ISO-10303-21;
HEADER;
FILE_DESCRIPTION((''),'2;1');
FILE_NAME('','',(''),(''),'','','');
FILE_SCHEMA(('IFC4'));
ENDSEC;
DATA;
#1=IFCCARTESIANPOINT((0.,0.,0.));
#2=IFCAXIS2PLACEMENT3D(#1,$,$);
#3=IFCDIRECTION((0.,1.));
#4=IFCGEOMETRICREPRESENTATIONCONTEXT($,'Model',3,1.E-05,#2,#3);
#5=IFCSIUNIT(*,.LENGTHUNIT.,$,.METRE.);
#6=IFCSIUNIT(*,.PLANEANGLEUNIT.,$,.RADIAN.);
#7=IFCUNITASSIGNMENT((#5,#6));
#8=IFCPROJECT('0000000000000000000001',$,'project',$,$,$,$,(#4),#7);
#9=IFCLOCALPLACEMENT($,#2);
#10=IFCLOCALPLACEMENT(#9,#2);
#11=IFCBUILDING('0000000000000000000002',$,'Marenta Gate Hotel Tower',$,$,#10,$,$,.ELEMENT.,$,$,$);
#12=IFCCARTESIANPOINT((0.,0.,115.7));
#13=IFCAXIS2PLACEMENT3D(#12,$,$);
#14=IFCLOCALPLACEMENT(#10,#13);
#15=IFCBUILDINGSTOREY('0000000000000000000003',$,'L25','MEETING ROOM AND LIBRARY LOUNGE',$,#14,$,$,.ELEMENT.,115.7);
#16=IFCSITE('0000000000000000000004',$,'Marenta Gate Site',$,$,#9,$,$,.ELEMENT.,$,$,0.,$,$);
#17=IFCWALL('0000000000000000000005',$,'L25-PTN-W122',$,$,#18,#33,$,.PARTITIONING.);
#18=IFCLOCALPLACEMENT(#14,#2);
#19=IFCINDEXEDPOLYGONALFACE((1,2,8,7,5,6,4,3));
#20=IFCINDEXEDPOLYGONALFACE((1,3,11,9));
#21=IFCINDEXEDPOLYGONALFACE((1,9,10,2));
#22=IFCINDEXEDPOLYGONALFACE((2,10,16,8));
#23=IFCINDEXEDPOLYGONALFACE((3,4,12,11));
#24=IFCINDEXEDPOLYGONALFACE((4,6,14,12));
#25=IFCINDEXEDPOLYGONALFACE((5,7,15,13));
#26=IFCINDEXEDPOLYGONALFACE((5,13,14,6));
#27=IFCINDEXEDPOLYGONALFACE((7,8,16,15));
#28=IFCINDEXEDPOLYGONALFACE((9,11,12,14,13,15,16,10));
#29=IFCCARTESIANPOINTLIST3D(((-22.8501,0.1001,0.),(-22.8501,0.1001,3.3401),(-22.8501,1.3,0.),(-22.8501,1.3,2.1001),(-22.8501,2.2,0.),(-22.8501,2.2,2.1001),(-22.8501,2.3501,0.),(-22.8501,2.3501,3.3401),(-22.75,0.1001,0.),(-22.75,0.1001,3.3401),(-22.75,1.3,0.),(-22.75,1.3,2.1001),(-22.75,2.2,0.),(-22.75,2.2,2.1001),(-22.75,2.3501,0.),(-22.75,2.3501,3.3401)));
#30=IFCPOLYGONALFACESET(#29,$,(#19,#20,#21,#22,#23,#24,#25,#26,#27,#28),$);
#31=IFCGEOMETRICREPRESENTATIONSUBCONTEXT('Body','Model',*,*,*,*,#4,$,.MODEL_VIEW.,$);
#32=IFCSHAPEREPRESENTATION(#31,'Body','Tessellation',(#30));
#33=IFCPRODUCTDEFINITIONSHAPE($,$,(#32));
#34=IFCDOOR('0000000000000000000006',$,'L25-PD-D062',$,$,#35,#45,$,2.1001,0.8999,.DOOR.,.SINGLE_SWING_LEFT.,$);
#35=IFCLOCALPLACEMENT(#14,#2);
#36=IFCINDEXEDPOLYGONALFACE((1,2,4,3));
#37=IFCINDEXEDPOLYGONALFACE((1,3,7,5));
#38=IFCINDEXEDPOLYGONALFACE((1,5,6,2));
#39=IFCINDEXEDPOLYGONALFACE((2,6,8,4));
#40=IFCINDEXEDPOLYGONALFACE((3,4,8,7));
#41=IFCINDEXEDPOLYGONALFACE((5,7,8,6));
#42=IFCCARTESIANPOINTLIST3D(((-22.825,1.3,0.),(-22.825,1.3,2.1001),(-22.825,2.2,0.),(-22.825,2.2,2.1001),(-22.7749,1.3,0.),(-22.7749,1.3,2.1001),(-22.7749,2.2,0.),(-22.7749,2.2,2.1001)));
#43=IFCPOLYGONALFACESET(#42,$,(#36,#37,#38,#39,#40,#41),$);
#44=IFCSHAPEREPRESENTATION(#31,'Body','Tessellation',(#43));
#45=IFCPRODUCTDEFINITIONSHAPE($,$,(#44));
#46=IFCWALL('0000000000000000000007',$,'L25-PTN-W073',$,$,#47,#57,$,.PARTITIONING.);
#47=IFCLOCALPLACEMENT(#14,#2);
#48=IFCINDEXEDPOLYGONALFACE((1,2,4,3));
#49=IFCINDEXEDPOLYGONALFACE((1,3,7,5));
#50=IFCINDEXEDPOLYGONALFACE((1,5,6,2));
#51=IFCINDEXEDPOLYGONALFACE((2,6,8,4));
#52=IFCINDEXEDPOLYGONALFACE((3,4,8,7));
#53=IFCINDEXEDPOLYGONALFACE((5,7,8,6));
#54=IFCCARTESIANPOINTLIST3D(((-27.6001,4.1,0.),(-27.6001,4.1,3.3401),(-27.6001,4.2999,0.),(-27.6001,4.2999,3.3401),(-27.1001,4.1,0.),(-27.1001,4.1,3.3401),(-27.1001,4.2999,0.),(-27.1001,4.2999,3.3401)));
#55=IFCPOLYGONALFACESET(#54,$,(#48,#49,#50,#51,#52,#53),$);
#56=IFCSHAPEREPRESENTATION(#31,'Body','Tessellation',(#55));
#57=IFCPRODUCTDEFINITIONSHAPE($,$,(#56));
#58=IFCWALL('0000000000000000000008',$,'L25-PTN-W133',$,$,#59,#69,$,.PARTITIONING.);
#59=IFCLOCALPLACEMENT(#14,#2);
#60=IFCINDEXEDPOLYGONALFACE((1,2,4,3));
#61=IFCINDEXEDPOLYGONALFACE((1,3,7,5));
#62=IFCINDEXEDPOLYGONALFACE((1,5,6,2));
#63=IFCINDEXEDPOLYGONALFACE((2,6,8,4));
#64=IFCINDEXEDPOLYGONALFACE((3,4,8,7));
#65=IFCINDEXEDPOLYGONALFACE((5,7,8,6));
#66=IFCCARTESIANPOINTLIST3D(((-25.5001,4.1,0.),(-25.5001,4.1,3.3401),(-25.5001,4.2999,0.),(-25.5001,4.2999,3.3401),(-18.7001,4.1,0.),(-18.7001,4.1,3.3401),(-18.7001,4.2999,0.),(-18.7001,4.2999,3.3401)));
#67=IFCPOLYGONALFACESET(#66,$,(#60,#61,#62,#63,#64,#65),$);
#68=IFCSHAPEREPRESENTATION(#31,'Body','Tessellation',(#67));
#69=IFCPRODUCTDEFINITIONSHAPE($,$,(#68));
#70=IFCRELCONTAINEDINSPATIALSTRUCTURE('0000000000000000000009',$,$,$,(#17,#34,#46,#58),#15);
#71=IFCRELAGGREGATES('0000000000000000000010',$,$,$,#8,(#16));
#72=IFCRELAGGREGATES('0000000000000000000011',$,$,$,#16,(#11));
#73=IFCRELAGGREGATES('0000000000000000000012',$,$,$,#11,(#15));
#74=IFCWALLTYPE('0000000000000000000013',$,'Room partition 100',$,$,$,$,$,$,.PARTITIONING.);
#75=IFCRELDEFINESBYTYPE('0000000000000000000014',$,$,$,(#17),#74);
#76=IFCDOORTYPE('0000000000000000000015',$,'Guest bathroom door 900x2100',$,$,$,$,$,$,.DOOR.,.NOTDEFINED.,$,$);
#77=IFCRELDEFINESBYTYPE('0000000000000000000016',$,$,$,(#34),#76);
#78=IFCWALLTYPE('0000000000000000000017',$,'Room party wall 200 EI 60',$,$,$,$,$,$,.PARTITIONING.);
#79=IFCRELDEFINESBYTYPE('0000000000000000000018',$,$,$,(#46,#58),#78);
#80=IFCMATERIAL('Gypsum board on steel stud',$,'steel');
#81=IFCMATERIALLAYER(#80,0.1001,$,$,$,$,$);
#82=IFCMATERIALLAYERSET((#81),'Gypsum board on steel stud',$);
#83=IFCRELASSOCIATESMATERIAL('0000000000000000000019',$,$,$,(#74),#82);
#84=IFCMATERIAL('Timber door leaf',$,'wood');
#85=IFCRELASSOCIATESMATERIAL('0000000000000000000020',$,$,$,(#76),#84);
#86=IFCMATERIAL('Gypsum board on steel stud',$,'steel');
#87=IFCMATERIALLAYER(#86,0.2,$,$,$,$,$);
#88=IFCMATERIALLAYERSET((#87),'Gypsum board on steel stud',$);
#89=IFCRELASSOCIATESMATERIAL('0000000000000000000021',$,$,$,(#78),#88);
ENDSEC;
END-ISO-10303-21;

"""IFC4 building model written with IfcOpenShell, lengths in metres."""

from ifc_helpers import new_model, si_unit, direction, frame, frame_2d, origin, place, context, subcontext, project, spatial, rectangle, extrude, material, layer, layer_set, type_object, element, fill, save


model = new_model("IFC4")

# Units and contexts
model_context = context("Model", 3, precision=1e-05, world=origin(), true_north=direction((0.0, 1.0)))
body_context = subcontext(model_context, "Body", "Model", "MODEL_VIEW")
ifc_project = project(units=[si_unit("LENGTHUNIT", "METRE"), si_unit("PLANEANGLEUNIT", "RADIAN")], contexts=[model_context])

# Site, building, storey
site_placement = place(None, origin())
site = spatial("IfcSite", under=ifc_project, at=site_placement, Name="Marenta Gate Site", CompositionType="ELEMENT", RefElevation=0.0)
building_placement = place(site_placement, origin())
building = spatial("IfcBuilding", under=site, at=building_placement, Name="Marenta Gate Hotel Tower", CompositionType="ELEMENT")
storey_placement = place(building_placement, frame((0.0, 0.0, 115.7)))
storey = spatial("IfcBuildingStorey", under=building, at=storey_placement, Name="L25", Description="MEETING ROOM AND LIBRARY LOUNGE", CompositionType="ELEMENT", Elevation=115.7)

# Shared definitions
ifc_material_1 = material(Name="Gypsum board on steel stud", Category="steel")
ifc_layer_1 = layer(ifc_material_1, 0.1001)
ifc_layer_set_1 = layer_set([ifc_layer_1], Name="Gypsum board on steel stud")
wall_type_1 = type_object("IfcWallType", Name="Room partition 100", PredefinedType="PARTITIONING", material=ifc_layer_set_1)

# Wall, opening, door
wall_1_placement = place(storey_placement, frame((-22.8, 0.1001, 0.0), z_axis=(0.0, 0.0, 1.0), x_axis=(0.0, 1.0, 0.0)))
wall_1 = element("IfcWall", 1, at=wall_1_placement, inside=storey, type_object=wall_type_1, Name="L25-PTN-W122", PredefinedType="PARTITIONING", context=body_context, shape_type="SweptSolid", body=[
    extrude(rectangle(XDim=2.25, YDim=0.1001, at=frame_2d((1.125, 0.0))), origin(), (0.0, 0.0, 1.0), 3.3401),
])
opening_1_placement = place(wall_1_placement, frame((1.2, 0.0, 0.0)))
opening_1 = element("IfcOpeningElement", 2, at=opening_1_placement, cuts=wall_1, PredefinedType="OPENING", context=body_context, shape_type="SweptSolid", body=[
    extrude(rectangle(XDim=0.8999, YDim=2.1001, at=frame_2d((0.45, 1.05))), frame((0.0, 0.05, 0.0), z_axis=(0.0, -1.0, 0.0), x_axis=(1.0, 0.0, 0.0)), (0.0, 0.0, 1.0), 0.1001),
])
ifc_material_2 = material(Name="Timber door leaf", Category="wood")
door_type_1 = type_object("IfcDoorType", Name="Guest bathroom door 900x2100", OperationType="NOTDEFINED", PredefinedType="DOOR", material=ifc_material_2)
door_1_placement = place(opening_1_placement, origin())
door_1 = element("IfcDoor", 3, at=door_1_placement, inside=storey, type_object=door_type_1, Name="L25-PD-D062", OperationType="SINGLE_SWING_LEFT", OverallHeight=2.1001, OverallWidth=0.8999, PredefinedType="DOOR", context=body_context, shape_type="SweptSolid", body=[
    extrude(rectangle(XDim=0.8999, YDim=2.1001, at=frame_2d((0.45, 1.05))), frame((0.0, 0.0249, 0.0), z_axis=(0.0, -1.0, 0.0), x_axis=(1.0, 0.0, 0.0)), (0.0, 0.0, 1.0), 0.05),
])
fill(opening_1, door_1)

# Walls
ifc_material_3 = material(Name="Gypsum board on steel stud", Category="steel")
ifc_layer_2 = layer(ifc_material_3, 0.2)
ifc_layer_set_2 = layer_set([ifc_layer_2], Name="Gypsum board on steel stud")
wall_type_2 = type_object("IfcWallType", Name="Room party wall 200 EI 60", PredefinedType="PARTITIONING", material=ifc_layer_set_2)
wall_2_placement = place(storey_placement, frame((-27.6001, 4.2, 0.0), z_axis=(0.0, 0.0, 1.0), x_axis=(1.0, 0.0, 0.0)))
element("IfcWall", 4, at=wall_2_placement, inside=storey, type_object=wall_type_2, Name="L25-PTN-W073", PredefinedType="PARTITIONING", context=body_context, shape_type="SweptSolid", body=[
    extrude(rectangle(XDim=0.5, YDim=0.2, at=frame_2d((0.25, 0.0))), origin(), (0.0, 0.0, 1.0), 3.3401),
])
wall_3_placement = place(storey_placement, frame((-25.5, 4.2, 0.0), z_axis=(0.0, 0.0, 1.0), x_axis=(1.0, 0.0, 0.0)))
element("IfcWall", 5, at=wall_3_placement, inside=storey, type_object=wall_type_2, Name="L25-PTN-W133", PredefinedType="PARTITIONING", context=body_context, shape_type="SweptSolid", body=[
    extrude(rectangle(XDim=6.8, YDim=0.2, at=frame_2d((3.3999, 0.0))), origin(), (0.0, 0.0, 1.0), 3.3401),
])

save(model, "model.ifc")
